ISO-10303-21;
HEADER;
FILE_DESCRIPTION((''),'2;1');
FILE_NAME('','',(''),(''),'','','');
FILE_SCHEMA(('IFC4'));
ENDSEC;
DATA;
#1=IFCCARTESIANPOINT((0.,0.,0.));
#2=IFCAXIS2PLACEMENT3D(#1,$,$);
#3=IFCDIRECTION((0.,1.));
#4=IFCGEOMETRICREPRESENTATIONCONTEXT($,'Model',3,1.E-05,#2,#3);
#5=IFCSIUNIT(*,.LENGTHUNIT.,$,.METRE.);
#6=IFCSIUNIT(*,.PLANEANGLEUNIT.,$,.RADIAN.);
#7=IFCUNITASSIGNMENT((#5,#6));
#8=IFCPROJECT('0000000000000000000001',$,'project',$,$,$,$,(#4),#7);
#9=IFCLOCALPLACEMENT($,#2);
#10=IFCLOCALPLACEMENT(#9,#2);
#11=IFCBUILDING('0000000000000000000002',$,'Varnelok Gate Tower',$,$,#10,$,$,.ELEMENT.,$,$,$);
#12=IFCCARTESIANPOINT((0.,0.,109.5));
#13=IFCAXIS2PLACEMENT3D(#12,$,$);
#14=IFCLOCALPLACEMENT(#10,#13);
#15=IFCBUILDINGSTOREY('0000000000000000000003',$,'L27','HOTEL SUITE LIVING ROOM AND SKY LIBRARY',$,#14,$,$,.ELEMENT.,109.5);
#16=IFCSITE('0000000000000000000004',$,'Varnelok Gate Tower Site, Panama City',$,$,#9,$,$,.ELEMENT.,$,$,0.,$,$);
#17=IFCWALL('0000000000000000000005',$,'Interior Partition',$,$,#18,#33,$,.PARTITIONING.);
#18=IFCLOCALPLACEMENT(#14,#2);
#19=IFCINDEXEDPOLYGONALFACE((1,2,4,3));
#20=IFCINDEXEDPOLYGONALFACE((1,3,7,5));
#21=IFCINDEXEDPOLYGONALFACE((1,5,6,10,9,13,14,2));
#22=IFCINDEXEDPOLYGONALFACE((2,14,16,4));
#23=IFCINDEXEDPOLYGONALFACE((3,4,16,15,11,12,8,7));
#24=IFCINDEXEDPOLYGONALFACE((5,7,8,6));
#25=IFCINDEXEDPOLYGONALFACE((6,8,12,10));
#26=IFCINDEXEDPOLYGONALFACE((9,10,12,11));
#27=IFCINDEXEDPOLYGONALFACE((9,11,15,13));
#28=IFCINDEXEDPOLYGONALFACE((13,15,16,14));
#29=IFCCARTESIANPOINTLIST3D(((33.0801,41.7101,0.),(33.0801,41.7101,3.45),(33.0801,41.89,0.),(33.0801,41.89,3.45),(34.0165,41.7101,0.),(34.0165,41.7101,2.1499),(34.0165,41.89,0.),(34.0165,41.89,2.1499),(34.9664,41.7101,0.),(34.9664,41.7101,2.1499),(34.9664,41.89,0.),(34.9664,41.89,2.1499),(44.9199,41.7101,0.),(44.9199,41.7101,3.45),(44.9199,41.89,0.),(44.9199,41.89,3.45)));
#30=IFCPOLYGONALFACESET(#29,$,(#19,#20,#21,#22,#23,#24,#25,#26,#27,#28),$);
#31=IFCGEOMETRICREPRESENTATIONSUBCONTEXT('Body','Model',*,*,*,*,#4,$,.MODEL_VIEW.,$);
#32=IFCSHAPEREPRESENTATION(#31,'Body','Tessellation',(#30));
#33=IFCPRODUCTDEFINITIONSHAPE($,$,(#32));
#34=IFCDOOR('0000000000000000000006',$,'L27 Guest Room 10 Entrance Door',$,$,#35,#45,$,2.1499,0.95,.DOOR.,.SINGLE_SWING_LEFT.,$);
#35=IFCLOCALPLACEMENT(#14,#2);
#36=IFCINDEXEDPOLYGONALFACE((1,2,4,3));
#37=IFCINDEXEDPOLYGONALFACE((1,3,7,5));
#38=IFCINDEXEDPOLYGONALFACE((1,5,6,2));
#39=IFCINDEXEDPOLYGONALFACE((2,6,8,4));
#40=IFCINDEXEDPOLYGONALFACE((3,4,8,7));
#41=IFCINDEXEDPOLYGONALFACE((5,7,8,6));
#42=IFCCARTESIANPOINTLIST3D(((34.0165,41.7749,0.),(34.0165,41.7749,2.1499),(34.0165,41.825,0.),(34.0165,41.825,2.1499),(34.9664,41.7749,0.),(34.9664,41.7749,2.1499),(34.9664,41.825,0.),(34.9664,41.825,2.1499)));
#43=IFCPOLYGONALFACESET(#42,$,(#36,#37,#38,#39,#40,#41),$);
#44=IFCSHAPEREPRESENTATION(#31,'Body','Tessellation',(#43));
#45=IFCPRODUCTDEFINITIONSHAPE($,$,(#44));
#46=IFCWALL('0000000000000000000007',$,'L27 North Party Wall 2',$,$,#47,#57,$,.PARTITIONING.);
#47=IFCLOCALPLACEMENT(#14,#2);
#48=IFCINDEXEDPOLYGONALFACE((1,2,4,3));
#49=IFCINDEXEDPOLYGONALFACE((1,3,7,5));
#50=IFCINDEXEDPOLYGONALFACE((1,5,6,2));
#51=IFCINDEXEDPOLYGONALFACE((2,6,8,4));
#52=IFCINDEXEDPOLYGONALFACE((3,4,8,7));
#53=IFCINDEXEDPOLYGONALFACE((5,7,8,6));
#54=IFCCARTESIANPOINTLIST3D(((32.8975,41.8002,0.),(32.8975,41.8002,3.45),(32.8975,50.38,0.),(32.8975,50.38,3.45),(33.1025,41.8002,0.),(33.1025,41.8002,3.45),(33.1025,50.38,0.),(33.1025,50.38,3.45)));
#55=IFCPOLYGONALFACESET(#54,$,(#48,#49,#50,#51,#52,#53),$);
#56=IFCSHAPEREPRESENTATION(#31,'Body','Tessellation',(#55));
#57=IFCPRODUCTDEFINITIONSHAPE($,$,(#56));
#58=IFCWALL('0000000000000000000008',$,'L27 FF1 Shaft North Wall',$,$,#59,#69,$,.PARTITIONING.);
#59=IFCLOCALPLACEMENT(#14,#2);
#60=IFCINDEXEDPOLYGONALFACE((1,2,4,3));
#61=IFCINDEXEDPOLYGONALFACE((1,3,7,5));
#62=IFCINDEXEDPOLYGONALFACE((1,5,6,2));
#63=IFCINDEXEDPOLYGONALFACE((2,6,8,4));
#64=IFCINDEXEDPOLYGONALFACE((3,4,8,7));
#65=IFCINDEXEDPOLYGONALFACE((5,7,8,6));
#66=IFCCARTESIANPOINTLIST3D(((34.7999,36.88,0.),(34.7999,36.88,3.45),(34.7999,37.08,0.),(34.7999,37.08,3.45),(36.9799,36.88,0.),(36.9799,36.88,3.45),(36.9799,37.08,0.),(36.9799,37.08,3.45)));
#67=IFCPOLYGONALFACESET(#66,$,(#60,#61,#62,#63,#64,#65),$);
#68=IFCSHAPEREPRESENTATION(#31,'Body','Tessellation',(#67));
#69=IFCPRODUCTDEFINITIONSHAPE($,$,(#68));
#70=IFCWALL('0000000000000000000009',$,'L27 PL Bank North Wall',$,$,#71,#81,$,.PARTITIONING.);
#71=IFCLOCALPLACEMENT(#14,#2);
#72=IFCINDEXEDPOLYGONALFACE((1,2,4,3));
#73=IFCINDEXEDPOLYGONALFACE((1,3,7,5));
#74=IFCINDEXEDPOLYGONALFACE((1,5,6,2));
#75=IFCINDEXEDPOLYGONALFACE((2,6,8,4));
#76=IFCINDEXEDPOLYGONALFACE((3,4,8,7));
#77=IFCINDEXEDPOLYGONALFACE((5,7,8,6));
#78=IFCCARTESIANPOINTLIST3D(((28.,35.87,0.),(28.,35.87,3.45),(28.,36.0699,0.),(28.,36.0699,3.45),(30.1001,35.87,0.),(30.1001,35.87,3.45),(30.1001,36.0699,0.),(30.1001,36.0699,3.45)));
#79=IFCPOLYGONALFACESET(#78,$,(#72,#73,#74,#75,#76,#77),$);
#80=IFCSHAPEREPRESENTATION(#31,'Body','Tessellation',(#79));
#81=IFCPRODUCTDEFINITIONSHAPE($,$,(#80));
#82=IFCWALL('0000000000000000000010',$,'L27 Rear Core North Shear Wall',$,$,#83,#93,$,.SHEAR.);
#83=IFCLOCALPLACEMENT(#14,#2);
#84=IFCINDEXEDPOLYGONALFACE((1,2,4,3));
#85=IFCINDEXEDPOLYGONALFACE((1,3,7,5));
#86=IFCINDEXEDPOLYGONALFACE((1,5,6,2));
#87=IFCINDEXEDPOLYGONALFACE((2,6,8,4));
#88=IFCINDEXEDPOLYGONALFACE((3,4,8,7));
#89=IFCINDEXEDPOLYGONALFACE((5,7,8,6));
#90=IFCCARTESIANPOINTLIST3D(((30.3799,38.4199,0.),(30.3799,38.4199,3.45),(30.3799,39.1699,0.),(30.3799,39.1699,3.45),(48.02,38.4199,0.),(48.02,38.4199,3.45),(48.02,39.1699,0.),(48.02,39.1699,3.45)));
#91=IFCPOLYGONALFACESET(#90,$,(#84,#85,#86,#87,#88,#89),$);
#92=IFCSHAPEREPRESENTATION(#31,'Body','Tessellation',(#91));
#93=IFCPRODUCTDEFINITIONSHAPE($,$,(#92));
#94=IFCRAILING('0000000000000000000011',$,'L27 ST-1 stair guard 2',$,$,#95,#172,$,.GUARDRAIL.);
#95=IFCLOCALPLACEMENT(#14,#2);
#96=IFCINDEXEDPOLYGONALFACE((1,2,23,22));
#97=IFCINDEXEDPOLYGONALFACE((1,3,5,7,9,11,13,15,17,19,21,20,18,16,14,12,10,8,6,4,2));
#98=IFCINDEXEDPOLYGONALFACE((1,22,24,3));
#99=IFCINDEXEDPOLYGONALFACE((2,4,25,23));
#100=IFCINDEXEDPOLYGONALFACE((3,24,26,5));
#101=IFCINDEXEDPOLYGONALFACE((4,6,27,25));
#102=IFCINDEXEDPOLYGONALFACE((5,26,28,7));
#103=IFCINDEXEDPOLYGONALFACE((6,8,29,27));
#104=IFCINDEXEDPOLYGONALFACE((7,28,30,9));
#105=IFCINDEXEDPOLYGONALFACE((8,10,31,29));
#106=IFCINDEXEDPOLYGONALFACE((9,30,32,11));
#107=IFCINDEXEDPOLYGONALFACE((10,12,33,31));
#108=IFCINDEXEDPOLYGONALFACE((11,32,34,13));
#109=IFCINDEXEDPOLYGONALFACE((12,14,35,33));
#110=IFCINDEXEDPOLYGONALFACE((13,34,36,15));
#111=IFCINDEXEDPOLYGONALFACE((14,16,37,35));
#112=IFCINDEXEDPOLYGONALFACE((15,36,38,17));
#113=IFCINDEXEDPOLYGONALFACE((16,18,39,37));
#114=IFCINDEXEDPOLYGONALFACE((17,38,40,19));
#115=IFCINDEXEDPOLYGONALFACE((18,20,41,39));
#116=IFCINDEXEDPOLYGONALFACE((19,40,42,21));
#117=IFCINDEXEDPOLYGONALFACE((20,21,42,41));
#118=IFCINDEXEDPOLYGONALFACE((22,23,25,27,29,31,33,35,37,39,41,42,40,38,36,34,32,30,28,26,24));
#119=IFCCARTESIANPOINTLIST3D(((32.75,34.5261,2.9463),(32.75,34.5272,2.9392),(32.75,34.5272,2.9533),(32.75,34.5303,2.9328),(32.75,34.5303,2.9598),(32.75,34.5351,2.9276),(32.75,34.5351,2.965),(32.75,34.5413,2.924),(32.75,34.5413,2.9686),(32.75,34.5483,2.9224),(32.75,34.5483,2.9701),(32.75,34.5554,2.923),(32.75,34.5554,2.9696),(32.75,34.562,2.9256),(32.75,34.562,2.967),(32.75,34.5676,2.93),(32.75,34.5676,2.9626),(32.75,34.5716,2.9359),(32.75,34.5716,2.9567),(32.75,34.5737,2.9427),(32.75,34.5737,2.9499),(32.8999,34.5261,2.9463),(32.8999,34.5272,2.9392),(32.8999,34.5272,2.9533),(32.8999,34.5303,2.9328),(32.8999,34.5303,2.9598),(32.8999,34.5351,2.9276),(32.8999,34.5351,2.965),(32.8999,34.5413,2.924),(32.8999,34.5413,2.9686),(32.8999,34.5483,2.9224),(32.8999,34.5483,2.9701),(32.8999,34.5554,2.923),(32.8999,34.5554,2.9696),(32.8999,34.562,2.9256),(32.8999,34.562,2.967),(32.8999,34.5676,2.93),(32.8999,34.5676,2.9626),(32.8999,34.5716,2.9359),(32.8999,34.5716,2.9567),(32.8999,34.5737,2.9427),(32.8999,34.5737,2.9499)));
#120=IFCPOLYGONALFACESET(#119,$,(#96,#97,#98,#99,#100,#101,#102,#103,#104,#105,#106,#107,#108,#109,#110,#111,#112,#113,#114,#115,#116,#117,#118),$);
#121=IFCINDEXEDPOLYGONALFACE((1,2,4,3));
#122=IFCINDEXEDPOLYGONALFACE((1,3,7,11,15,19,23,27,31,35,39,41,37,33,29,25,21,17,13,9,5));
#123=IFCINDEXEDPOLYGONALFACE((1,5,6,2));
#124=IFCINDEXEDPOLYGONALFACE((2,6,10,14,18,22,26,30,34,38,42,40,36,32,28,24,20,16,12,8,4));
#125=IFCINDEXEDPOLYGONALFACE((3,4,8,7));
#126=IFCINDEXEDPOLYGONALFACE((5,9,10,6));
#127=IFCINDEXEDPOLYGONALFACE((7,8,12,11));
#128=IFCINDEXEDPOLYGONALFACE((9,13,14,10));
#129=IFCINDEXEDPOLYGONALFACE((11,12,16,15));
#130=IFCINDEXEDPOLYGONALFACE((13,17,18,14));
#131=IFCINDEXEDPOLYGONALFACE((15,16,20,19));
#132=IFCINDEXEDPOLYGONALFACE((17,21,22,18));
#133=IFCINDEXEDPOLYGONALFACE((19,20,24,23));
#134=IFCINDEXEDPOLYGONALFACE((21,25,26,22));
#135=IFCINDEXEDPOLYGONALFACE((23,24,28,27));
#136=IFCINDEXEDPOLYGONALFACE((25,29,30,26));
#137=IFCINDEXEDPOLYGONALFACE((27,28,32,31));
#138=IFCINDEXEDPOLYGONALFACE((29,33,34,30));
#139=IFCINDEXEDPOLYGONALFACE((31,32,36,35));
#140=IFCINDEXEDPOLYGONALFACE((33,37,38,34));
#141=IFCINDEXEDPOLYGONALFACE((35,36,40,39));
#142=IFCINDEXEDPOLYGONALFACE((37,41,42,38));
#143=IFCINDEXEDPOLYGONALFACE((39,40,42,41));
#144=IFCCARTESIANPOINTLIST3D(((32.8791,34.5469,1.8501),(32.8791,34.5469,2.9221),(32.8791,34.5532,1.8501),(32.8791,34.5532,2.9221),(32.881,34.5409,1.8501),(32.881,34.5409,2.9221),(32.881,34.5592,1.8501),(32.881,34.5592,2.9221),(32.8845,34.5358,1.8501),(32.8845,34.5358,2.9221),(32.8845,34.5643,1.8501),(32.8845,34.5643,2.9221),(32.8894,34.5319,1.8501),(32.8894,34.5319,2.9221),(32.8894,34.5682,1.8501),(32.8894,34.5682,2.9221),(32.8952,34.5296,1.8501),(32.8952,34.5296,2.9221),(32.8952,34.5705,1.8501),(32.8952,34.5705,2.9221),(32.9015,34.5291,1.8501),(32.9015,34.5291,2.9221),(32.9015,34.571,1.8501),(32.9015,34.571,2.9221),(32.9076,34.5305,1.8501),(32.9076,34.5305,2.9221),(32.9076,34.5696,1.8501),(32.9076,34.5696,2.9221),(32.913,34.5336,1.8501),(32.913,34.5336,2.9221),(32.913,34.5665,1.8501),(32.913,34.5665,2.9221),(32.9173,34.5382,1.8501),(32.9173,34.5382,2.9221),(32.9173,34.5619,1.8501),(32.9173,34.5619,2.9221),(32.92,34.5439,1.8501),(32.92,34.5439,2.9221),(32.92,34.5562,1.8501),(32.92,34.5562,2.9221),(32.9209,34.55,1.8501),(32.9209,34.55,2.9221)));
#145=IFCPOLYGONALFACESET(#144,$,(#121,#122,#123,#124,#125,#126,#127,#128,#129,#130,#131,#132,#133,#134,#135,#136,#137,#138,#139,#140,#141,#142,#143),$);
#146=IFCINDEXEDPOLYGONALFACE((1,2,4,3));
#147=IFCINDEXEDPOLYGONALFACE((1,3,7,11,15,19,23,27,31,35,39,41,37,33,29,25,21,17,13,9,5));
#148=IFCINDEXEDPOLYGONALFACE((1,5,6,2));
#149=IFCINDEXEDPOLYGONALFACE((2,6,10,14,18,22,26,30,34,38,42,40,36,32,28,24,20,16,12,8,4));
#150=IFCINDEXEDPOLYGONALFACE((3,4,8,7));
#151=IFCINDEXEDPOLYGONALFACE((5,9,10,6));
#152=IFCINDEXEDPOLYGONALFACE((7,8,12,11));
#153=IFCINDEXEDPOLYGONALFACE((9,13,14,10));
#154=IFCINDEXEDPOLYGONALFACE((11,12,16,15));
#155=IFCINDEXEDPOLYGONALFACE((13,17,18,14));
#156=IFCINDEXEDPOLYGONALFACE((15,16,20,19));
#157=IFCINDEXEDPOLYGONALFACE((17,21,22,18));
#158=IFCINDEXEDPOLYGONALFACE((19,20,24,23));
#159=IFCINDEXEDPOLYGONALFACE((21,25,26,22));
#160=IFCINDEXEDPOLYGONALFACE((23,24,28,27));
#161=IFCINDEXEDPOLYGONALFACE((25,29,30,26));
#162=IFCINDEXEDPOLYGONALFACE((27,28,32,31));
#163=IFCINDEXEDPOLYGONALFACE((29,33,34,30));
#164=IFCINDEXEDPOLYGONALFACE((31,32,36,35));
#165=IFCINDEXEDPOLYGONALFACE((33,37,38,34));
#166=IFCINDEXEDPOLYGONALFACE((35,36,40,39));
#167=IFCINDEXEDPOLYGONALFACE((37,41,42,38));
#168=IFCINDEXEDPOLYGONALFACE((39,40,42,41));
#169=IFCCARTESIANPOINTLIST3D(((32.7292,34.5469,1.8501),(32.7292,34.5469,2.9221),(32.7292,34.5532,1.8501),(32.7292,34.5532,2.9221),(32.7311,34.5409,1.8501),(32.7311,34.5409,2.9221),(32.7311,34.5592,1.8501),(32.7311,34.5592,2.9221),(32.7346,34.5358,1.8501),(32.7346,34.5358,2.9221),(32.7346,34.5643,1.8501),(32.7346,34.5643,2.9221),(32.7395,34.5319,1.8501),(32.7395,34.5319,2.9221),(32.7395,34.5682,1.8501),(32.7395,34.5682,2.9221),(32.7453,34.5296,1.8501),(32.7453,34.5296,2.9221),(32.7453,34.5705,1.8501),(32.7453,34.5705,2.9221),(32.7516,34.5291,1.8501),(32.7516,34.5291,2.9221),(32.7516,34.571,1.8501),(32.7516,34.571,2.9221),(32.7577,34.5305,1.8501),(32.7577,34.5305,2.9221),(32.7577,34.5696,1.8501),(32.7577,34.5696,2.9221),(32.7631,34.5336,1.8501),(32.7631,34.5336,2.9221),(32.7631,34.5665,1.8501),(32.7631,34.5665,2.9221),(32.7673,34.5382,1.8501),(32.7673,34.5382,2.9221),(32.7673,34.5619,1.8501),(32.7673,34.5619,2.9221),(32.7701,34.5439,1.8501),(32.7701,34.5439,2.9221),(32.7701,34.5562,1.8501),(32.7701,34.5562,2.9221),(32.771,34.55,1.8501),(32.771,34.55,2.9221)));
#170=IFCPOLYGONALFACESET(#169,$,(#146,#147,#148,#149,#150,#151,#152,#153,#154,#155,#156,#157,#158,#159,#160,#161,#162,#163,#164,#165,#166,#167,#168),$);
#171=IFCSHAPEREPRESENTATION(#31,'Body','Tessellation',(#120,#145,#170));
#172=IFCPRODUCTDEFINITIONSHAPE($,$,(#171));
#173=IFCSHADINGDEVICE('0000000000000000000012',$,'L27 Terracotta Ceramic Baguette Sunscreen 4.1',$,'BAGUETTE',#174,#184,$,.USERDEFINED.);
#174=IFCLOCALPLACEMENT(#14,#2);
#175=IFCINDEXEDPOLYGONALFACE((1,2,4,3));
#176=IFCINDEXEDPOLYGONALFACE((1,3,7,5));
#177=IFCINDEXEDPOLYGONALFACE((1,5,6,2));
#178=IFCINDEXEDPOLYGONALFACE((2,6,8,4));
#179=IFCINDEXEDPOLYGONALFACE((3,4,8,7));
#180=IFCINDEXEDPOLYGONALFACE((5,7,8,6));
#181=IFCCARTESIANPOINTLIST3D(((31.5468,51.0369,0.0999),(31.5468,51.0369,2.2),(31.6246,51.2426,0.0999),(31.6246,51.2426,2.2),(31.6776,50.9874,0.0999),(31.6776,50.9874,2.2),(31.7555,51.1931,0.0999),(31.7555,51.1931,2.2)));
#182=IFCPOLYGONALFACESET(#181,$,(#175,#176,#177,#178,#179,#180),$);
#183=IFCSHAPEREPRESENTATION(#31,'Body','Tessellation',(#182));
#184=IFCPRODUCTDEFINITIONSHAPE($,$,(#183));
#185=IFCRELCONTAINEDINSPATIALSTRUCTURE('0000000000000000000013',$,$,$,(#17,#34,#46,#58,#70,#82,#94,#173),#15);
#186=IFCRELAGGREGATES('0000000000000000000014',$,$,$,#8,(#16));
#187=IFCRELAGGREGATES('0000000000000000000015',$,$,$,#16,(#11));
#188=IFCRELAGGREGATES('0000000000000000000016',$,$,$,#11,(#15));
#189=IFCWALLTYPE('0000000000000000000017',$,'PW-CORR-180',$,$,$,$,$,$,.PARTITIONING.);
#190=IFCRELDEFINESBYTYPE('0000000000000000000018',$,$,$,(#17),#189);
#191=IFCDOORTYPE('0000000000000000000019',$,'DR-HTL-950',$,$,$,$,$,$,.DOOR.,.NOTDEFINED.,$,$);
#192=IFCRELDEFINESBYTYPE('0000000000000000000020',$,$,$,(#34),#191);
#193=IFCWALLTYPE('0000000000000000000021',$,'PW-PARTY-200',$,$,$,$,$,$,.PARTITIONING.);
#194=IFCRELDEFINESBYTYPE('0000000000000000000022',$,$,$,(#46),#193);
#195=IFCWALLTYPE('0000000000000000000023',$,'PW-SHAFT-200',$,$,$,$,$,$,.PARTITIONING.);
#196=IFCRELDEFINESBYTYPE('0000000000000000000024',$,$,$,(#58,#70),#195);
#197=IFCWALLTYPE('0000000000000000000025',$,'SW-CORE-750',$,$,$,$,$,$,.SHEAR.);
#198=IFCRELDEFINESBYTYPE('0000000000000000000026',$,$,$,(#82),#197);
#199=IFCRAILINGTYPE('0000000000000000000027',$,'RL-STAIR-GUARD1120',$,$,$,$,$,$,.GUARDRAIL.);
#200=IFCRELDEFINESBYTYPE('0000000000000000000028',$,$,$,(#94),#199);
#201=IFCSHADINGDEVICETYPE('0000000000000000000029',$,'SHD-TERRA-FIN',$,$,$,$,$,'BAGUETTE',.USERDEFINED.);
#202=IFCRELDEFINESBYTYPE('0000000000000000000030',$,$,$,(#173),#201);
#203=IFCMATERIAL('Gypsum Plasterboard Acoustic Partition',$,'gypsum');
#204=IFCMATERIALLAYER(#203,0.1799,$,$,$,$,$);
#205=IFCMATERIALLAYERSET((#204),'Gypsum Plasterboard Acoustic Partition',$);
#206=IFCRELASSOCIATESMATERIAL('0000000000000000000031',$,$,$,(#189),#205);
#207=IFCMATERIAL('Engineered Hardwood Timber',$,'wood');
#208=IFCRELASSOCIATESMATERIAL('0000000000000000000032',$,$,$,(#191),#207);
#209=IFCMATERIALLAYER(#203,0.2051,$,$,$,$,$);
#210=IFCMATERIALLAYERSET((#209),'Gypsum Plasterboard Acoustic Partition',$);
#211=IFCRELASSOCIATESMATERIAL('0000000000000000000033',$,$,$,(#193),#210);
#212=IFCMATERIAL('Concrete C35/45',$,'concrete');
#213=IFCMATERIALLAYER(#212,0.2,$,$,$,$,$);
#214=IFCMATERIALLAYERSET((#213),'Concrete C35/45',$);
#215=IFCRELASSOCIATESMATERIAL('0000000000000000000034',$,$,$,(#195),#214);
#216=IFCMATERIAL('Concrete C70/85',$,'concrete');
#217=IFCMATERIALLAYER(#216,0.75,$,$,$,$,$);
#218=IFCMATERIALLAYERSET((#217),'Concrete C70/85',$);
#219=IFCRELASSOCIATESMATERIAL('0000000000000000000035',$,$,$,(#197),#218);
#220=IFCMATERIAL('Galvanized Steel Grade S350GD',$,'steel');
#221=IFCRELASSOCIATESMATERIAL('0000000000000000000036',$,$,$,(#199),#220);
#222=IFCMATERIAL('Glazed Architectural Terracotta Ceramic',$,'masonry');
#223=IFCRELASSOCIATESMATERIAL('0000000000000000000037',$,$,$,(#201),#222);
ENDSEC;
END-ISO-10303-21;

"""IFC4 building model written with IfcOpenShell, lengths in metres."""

from ifc_helpers import new_model, si_unit, direction, frame, frame_2d, origin, origin_2d, place, context, subcontext, project, spatial, rectangle, circle, extrude, source, transform, mapped, material, layer, layer_set, type_object, element, fill, save


model = new_model("IFC4")

# Units and contexts
model_context = context("Model", 3, precision=1e-05, world=origin(), true_north=direction((0.0, 1.0)))
body_context = subcontext(model_context, "Body", "Model", "MODEL_VIEW")
ifc_project = project(units=[si_unit("LENGTHUNIT", "METRE"), si_unit("PLANEANGLEUNIT", "RADIAN")], contexts=[model_context])

# Site, building, storey
site_placement = place(None, origin())
site = spatial("IfcSite", under=ifc_project, at=site_placement, Name="Varnelok Gate Tower Site, Panama City", CompositionType="ELEMENT", RefElevation=0.0)
building_placement = place(site_placement, origin())
building = spatial("IfcBuilding", under=site, at=building_placement, Name="Varnelok Gate Tower", CompositionType="ELEMENT")
storey_placement = place(building_placement, frame((0.0, 0.0, 109.5)))
storey = spatial("IfcBuildingStorey", under=building, at=storey_placement, Name="L27", Description="HOTEL SUITE LIVING ROOM AND SKY LIBRARY", CompositionType="ELEMENT", Elevation=109.5)

# Shared definitions
ifc_material_1 = material(Name="Concrete C70/85", Category="concrete")

# Wall, opening, door
ifc_material_2 = material(Name="Gypsum Plasterboard Acoustic Partition", Category="gypsum")
ifc_layer_1 = layer(ifc_material_2, 0.1799)
ifc_layer_set_1 = layer_set([ifc_layer_1], Name="Gypsum Plasterboard Acoustic Partition")
wall_type_1 = type_object("IfcWallType", Name="PW-CORR-180", PredefinedType="PARTITIONING", material=ifc_layer_set_1)
wall_1_placement = place(storey_placement, frame((33.0801, 41.8, 0.0), z_axis=(0.0, 0.0, 1.0), x_axis=(1.0, 0.0, 0.0)))
wall_1 = element("IfcWall", 1, at=wall_1_placement, inside=storey, type_object=wall_type_1, Name="Interior Partition", PredefinedType="PARTITIONING", context=body_context, shape_type="SweptSolid", body=[
    extrude(rectangle(XDim=11.8398, YDim=0.1799, at=frame_2d((5.9199, 0.0))), origin(), (0.0, 0.0, 1.0), 3.45),
])
opening_1_placement = place(wall_1_placement, frame((0.9363, 0.0, 0.0)))
opening_1 = element("IfcOpeningElement", 2, at=opening_1_placement, cuts=wall_1, PredefinedType="OPENING", context=body_context, shape_type="SweptSolid", body=[
    extrude(rectangle(XDim=0.95, YDim=2.1499, at=frame_2d((0.4751, 1.075))), frame((0.0, 0.0999, 0.0), z_axis=(0.0, -1.0, 0.0), x_axis=(1.0, 0.0, 0.0)), (0.0, 0.0, 1.0), 0.2),
])
ifc_material_3 = material(Name="Engineered Hardwood Timber", Category="wood")
door_type_1 = type_object("IfcDoorType", Name="DR-HTL-950", OperationType="NOTDEFINED", PredefinedType="DOOR", material=ifc_material_3)
door_1_placement = place(opening_1_placement, origin())
door_1 = element("IfcDoor", 3, at=door_1_placement, inside=storey, type_object=door_type_1, Name="L27 Guest Room 10 Entrance Door", OperationType="SINGLE_SWING_LEFT", OverallHeight=2.1499, OverallWidth=0.95, PredefinedType="DOOR", context=body_context, shape_type="SweptSolid", body=[
    extrude(rectangle(XDim=0.95, YDim=2.1499, at=frame_2d((0.4751, 1.075))), frame((0.0, 0.0249, 0.0), z_axis=(0.0, -1.0, 0.0), x_axis=(1.0, 0.0, 0.0)), (0.0, 0.0, 1.0), 0.05),
])
fill(opening_1, door_1)

# Walls
ifc_layer_2 = layer(ifc_material_2, 0.2051)
ifc_layer_set_2 = layer_set([ifc_layer_2], Name="Gypsum Plasterboard Acoustic Partition")
wall_type_2 = type_object("IfcWallType", Name="PW-PARTY-200", PredefinedType="PARTITIONING", material=ifc_layer_set_2)
wall_2_placement = place(storey_placement, frame((33.0, 41.8, 0.0), z_axis=(0.0, 0.0, 1.0), x_axis=(0.0, 1.0, 0.0)))
element("IfcWall", 4, at=wall_2_placement, inside=storey, type_object=wall_type_2, Name="L27 North Party Wall 2", PredefinedType="PARTITIONING", context=body_context, shape_type="SweptSolid", body=[
    extrude(rectangle(XDim=8.5798, YDim=0.2051, at=frame_2d((4.29, 0.0))), origin(), (0.0, 0.0, 1.0), 3.45),
])
ifc_material_4 = material(Name="Concrete C35/45", Category="concrete")
ifc_layer_3 = layer(ifc_material_4, 0.2)
ifc_layer_set_3 = layer_set([ifc_layer_3], Name="Concrete C35/45")
wall_type_3 = type_object("IfcWallType", Name="PW-SHAFT-200", PredefinedType="PARTITIONING", material=ifc_layer_set_3)
wall_3_placement = place(storey_placement, frame((34.8, 36.98, 0.0), z_axis=(0.0, 0.0, 1.0), x_axis=(1.0, 0.0, 0.0)))
element("IfcWall", 5, at=wall_3_placement, inside=storey, type_object=wall_type_3, Name="L27 FF1 Shaft North Wall", PredefinedType="PARTITIONING", context=body_context, shape_type="SweptSolid", body=[
    extrude(rectangle(XDim=2.1799, YDim=0.2, at=frame_2d((1.0898, 0.0))), origin(), (0.0, 0.0, 1.0), 3.45),
])
wall_4_placement = place(storey_placement, frame((28.0, 35.97, 0.0), z_axis=(0.0, 0.0, 1.0), x_axis=(1.0, 0.0, 0.0)))
element("IfcWall", 6, at=wall_4_placement, inside=storey, type_object=wall_type_3, Name="L27 PL Bank North Wall", PredefinedType="PARTITIONING", context=body_context, shape_type="SweptSolid", body=[
    extrude(rectangle(XDim=2.1001, YDim=0.2, at=frame_2d((1.05, 0.0))), origin(), (0.0, 0.0, 1.0), 3.45),
])
ifc_layer_4 = layer(ifc_material_1, 0.75)
ifc_layer_set_4 = layer_set([ifc_layer_4], Name="Concrete C70/85")
wall_type_4 = type_object("IfcWallType", Name="SW-CORE-750", PredefinedType="SHEAR", material=ifc_layer_set_4)
wall_5_placement = place(storey_placement, frame((30.3799, 38.7949, 0.0), z_axis=(0.0, 0.0, 1.0), x_axis=(1.0, 0.0, 0.0)))
element("IfcWall", 7, at=wall_5_placement, inside=storey, type_object=wall_type_4, Name="L27 Rear Core North Shear Wall", PredefinedType="SHEAR", context=body_context, shape_type="SweptSolid", body=[
    extrude(rectangle(XDim=17.6401, YDim=0.75, at=frame_2d((8.8201, 0.0))), origin(), (0.0, 0.0, 1.0), 3.45),
])

# Railing
ifc_material_5 = material(Name="Galvanized Steel Grade S350GD", Category="steel")
railing_type_1 = type_object("IfcRailingType", Name="RL-STAIR-GUARD1120", PredefinedType="GUARDRAIL", material=ifc_material_5)
railing_1_placement = place(storey_placement, frame((32.8999, 34.55, 1.8501)))
element("IfcRailing", 8, at=railing_1_placement, inside=storey, type_object=railing_type_1, Name="L27 ST-1 stair guard 2", PredefinedType="GUARDRAIL", context=body_context, shape_type="SweptSolid", body=[
    extrude(circle(Radius=0.0239, at=origin_2d()), frame((0.0, 0.0, 1.0962), z_axis=(-1.0, 0.0, 0.0), x_axis=(0.0, -1.0, 0.0)), (0.0, 0.0, 1.0), 0.1499),
    extrude(circle(Radius=0.021, at=origin_2d()), origin(), (0.0, 0.0, 1.0), 1.072),
    extrude(circle(Radius=0.021, at=origin_2d()), frame((-0.1499, 0.0, 0.0)), (0.0, 0.0, 1.0), 1.072),
])

# Shading device
ifc_material_6 = material(Name="Glazed Architectural Terracotta Ceramic", Category="masonry")
shading_device_type = type_object("IfcShadingDeviceType", Name="SHD-TERRA-FIN", ElementType="BAGUETTE", PredefinedType="USERDEFINED", material=ifc_material_6)
shared_shape_1 = source(origin(), body_context, "Body", "SweptSolid", [
    extrude(rectangle(XDim=0.1399, YDim=0.22, at=origin_2d()), origin(), (0.0, 0.0, 1.0), 2.1001),
])
shading_device_placement = place(storey_placement, frame((31.6511, 51.115, 0.0999), z_axis=(0.0, 0.0, 1.0), x_axis=(0.935222, -0.354063, 0.0)))
element("IfcShadingDevice", 9, at=shading_device_placement, inside=storey, type_object=shading_device_type, Name="L27 Terracotta Ceramic Baguette Sunscreen 4.1", ObjectType="BAGUETTE", PredefinedType="USERDEFINED", context=body_context, shape_type="MappedRepresentation", body=[
    mapped(shared_shape_1, transform((0.0, 0.0, 0.0), scale=1.0)),
])

save(model, "model.ifc")
